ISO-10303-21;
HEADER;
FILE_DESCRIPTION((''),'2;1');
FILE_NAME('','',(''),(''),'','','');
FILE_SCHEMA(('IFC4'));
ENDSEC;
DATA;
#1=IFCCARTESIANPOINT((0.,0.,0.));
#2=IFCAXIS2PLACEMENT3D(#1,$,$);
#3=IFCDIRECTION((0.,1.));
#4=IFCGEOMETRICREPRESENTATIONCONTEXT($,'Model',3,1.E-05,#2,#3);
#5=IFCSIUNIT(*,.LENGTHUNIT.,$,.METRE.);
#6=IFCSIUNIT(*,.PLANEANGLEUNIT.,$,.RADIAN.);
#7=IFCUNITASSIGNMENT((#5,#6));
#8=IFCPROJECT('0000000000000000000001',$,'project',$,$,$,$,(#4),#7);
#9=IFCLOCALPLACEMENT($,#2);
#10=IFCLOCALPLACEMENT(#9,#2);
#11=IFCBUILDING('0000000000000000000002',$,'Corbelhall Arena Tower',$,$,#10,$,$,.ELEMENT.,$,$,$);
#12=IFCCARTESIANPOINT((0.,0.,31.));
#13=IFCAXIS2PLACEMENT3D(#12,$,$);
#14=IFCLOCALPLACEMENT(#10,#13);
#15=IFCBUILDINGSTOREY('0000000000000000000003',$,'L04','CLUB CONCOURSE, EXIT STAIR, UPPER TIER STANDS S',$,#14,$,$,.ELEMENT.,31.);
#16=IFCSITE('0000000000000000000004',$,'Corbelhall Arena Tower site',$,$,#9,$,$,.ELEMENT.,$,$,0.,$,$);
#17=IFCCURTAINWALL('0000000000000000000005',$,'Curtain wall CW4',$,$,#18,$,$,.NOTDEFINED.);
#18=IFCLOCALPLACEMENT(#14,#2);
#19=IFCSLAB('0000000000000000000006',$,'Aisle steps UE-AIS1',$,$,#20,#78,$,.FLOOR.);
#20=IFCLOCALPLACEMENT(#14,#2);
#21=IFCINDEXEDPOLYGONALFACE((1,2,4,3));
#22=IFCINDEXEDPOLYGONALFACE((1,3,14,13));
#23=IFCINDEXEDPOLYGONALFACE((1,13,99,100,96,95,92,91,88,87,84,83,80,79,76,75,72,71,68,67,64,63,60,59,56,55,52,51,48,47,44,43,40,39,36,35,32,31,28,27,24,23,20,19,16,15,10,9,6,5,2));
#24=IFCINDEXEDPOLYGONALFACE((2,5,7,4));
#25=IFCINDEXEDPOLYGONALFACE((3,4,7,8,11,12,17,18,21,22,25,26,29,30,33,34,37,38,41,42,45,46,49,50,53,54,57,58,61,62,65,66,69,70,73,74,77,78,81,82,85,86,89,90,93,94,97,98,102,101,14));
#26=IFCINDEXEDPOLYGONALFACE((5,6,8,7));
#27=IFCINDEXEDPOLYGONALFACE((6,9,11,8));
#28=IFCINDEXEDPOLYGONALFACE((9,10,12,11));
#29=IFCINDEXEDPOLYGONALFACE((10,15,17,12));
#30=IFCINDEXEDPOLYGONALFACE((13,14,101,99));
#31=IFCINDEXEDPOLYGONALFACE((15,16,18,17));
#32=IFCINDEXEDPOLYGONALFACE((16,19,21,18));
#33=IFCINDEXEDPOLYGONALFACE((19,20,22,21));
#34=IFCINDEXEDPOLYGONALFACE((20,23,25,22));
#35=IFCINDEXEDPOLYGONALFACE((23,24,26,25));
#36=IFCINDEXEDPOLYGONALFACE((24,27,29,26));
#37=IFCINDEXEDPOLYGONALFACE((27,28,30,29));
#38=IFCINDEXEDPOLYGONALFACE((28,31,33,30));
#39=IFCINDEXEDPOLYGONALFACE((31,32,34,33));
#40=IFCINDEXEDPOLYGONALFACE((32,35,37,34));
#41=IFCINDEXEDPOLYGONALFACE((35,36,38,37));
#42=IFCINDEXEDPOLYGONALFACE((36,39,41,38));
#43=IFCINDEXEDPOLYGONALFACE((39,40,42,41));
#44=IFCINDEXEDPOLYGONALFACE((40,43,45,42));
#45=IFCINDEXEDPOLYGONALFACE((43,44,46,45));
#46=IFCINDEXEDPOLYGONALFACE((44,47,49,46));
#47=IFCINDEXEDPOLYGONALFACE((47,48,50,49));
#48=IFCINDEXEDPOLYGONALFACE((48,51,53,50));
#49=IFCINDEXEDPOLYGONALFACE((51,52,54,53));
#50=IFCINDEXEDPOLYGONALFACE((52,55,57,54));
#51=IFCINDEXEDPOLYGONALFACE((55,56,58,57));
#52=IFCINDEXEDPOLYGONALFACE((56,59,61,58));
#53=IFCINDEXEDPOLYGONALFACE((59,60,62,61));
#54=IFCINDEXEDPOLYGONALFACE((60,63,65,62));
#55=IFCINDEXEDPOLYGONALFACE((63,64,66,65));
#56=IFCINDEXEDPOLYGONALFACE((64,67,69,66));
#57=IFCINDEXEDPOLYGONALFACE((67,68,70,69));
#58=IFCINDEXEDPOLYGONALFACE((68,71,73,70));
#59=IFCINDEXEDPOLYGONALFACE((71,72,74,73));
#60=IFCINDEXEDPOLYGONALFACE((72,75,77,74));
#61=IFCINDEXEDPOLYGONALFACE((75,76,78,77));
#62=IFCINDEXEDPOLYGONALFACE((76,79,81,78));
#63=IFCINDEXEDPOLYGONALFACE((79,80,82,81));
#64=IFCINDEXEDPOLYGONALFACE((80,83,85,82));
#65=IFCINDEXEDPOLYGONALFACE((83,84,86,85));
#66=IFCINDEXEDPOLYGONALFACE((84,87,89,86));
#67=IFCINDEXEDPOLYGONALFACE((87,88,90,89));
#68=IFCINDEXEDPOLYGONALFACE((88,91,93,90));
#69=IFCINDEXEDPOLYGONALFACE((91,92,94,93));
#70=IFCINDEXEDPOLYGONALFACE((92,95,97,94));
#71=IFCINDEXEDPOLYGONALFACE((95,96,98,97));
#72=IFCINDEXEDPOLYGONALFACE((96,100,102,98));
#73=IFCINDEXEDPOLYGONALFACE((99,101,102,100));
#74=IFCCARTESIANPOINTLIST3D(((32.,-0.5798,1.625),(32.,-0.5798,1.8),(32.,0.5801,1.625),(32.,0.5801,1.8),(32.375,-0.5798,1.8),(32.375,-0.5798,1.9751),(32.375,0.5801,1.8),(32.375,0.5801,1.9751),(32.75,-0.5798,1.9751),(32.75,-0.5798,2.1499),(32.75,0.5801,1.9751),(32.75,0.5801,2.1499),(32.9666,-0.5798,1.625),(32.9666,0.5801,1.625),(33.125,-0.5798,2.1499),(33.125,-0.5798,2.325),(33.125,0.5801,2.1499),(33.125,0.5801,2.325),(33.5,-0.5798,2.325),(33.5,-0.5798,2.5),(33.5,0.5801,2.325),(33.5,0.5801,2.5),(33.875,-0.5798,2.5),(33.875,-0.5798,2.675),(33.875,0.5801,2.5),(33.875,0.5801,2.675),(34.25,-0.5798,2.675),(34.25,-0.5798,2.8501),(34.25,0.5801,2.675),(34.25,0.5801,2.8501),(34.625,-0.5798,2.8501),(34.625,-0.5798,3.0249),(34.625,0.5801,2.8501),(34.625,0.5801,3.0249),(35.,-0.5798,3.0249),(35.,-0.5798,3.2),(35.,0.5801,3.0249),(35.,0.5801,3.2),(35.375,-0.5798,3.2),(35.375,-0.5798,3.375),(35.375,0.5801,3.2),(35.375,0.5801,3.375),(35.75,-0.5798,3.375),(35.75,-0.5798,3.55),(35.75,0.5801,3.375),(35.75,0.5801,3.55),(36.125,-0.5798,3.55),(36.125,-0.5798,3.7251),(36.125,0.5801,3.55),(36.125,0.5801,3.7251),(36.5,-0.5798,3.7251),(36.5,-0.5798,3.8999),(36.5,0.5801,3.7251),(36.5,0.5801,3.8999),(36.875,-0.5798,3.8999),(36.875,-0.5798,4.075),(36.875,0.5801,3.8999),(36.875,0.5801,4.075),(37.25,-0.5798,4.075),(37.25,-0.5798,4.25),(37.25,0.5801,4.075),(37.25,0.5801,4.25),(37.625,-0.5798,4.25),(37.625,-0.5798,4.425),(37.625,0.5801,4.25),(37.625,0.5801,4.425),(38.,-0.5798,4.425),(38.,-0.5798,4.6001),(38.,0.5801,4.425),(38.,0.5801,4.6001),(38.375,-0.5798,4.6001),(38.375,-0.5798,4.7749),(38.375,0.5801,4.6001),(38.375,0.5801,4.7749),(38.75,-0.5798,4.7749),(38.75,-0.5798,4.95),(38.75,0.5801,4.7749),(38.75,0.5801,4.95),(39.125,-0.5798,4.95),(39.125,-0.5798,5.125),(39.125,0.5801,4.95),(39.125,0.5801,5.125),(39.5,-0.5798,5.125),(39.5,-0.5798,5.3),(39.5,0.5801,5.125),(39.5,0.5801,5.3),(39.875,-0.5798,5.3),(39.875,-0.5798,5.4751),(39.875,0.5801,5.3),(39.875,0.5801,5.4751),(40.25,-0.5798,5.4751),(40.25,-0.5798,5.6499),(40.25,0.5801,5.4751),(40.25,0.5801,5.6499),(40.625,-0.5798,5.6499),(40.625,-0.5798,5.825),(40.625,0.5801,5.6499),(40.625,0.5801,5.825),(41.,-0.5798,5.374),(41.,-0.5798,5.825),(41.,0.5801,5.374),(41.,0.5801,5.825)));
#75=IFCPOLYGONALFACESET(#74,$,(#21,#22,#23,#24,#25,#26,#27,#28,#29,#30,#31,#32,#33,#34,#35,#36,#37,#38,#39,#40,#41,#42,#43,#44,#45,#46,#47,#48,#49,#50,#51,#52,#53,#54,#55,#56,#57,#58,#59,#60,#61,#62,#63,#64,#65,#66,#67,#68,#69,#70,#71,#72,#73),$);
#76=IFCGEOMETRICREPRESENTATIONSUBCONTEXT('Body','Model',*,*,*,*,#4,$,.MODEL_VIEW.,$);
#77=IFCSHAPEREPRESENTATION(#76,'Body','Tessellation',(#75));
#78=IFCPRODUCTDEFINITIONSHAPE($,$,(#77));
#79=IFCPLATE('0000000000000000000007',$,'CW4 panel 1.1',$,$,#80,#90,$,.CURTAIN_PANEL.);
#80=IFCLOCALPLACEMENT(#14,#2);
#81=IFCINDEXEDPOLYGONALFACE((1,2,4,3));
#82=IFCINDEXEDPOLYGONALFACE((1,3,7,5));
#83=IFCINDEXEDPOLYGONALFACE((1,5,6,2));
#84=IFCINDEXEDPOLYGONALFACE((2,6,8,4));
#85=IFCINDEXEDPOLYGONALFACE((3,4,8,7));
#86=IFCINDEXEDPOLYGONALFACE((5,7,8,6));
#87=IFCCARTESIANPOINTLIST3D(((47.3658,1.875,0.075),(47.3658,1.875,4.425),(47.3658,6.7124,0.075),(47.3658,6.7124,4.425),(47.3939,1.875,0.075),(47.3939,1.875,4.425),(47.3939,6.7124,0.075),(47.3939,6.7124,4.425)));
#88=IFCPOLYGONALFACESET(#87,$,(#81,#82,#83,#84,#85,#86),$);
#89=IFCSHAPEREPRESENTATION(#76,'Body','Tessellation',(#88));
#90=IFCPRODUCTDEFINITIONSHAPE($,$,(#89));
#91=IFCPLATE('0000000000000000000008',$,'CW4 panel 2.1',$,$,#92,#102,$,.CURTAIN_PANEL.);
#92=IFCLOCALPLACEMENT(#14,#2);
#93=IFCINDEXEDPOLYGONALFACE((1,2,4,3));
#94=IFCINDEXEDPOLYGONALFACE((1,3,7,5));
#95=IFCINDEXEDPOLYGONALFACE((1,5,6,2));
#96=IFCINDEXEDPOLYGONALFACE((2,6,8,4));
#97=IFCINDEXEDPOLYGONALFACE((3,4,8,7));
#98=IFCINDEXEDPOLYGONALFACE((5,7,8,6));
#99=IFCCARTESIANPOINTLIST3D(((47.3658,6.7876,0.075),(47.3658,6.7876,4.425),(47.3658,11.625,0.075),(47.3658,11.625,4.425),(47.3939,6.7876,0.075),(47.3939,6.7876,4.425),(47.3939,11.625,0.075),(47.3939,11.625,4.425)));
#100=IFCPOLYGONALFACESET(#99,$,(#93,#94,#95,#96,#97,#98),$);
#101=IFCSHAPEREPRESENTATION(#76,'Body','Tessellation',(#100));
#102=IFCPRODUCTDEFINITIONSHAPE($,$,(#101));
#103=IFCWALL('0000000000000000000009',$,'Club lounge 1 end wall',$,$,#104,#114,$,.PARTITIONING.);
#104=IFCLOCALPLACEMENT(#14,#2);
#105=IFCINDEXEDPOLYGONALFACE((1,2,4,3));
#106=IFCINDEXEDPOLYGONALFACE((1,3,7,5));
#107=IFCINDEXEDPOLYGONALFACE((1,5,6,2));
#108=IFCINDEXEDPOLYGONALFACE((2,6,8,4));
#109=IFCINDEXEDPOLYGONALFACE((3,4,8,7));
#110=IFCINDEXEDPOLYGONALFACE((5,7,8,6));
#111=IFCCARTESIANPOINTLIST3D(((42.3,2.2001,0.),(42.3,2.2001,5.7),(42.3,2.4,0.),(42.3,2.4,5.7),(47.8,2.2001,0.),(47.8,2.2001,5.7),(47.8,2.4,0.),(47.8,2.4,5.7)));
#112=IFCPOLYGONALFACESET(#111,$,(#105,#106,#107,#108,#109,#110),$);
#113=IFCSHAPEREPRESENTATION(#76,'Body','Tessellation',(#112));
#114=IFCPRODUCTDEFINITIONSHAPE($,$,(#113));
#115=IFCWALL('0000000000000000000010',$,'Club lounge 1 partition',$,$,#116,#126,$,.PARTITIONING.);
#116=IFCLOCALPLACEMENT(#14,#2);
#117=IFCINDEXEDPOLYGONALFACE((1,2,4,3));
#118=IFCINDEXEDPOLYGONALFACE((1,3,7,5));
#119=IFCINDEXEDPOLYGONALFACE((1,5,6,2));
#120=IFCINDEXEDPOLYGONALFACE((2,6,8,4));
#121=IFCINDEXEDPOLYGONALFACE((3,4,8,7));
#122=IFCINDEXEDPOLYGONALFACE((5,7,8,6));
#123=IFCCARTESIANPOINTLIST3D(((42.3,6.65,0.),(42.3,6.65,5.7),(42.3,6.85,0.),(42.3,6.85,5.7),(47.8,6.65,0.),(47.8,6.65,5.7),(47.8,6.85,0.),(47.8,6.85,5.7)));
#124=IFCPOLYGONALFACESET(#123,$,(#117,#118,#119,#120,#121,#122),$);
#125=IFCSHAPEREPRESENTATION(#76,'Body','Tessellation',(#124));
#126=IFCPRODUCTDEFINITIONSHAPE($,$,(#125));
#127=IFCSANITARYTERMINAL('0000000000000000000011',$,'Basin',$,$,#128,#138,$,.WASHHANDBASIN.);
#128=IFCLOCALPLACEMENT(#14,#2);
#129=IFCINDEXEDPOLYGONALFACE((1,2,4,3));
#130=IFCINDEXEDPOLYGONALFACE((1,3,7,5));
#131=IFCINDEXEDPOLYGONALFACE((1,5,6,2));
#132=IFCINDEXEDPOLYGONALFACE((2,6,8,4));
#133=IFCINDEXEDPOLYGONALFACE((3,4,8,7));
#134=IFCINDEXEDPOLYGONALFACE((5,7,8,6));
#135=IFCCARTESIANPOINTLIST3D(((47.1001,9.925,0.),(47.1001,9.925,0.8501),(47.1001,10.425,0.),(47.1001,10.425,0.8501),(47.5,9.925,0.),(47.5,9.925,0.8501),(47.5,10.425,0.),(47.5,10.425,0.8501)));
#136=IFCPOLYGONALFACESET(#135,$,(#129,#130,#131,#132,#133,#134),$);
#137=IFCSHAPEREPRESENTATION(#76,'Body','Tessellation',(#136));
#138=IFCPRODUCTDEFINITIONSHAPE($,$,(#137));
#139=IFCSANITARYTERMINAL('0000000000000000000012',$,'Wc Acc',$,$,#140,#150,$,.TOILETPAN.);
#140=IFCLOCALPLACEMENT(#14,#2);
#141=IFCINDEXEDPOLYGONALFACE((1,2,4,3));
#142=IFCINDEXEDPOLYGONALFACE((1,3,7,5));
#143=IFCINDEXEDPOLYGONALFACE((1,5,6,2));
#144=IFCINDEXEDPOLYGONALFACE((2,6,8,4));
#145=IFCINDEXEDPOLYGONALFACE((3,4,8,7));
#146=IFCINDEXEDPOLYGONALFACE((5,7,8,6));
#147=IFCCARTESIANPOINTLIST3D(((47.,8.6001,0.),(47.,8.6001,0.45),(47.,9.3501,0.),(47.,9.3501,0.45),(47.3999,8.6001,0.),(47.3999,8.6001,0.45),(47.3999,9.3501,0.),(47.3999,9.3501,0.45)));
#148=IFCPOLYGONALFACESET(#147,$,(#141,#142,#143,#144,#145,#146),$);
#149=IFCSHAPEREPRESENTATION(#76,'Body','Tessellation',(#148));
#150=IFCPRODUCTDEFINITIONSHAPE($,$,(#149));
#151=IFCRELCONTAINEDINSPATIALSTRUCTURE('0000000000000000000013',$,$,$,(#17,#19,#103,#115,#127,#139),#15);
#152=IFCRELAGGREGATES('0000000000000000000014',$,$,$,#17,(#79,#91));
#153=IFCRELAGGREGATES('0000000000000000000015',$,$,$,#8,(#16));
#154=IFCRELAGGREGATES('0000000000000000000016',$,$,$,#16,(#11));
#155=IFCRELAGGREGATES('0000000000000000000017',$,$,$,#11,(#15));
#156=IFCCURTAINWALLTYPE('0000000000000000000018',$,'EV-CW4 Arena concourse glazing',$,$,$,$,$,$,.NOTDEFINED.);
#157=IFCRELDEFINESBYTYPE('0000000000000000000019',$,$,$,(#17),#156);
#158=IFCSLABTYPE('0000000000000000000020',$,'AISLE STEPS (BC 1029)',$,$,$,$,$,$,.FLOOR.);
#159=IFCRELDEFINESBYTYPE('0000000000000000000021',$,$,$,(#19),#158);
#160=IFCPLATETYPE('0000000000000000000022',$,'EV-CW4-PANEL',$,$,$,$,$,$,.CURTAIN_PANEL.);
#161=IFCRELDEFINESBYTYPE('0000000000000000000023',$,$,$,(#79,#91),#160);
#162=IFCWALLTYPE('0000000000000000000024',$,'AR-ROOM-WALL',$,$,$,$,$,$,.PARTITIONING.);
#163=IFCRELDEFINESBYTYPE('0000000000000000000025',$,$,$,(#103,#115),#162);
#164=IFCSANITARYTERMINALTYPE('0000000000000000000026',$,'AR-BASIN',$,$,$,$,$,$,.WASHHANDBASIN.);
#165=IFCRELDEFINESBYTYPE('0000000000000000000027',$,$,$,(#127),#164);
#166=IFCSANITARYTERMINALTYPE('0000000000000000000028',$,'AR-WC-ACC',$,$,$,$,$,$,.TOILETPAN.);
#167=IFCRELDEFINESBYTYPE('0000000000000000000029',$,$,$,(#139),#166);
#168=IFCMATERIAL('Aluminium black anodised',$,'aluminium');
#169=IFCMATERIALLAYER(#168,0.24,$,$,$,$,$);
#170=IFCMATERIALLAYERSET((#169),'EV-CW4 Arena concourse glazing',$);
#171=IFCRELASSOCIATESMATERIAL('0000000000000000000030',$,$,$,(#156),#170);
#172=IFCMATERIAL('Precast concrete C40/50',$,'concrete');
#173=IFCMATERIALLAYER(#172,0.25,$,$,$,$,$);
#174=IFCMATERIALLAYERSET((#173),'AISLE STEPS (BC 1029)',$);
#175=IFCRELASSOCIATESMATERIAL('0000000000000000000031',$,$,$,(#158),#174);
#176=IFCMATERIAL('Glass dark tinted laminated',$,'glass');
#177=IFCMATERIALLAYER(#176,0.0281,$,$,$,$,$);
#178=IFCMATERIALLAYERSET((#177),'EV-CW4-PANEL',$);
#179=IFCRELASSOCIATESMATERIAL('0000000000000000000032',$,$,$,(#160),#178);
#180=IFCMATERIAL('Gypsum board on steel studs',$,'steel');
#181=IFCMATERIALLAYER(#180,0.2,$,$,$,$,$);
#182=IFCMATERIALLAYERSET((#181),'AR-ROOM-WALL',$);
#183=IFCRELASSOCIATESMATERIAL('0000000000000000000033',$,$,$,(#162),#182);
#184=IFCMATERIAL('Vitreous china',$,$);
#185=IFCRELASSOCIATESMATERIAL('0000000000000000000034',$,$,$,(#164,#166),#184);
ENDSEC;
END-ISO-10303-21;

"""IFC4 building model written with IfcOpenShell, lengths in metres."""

from ifc_helpers import new_model, si_unit, direction, frame, frame_2d, origin, origin_2d, place, context, subcontext, project, spatial, polyline, rectangle, outline, extrude, material, layer, layer_set, type_object, element, aggregate, save


model = new_model("IFC4")

# Units and contexts
model_context = context("Model", 3, precision=1e-05, world=origin(), true_north=direction((0.0, 1.0)))
body_context = subcontext(model_context, "Body", "Model", "MODEL_VIEW")
ifc_project = project(units=[si_unit("LENGTHUNIT", "METRE"), si_unit("PLANEANGLEUNIT", "RADIAN")], contexts=[model_context])

# Site, building, storey
site_placement = place(None, origin())
site = spatial("IfcSite", under=ifc_project, at=site_placement, Name="Corbelhall Arena Tower site", CompositionType="ELEMENT", RefElevation=0.0)
building_placement = place(site_placement, origin())
building = spatial("IfcBuilding", under=site, at=building_placement, Name="Corbelhall Arena Tower", CompositionType="ELEMENT")
storey_placement = place(building_placement, frame((0.0, 0.0, 31.0)))
storey = spatial("IfcBuildingStorey", under=building, at=storey_placement, Name="L04", Description="CLUB CONCOURSE, EXIT STAIR, UPPER TIER STANDS S", CompositionType="ELEMENT", Elevation=31.0)

# Curtain wall
ifc_material_1 = material(Name="Aluminium black anodised", Category="aluminium")
ifc_layer_1 = layer(ifc_material_1, 0.24)
ifc_layer_set_1 = layer_set([ifc_layer_1], Name="EV-CW4 Arena concourse glazing")
curtain_wall_type = type_object("IfcCurtainWallType", Name="EV-CW4 Arena concourse glazing", PredefinedType="NOTDEFINED", material=ifc_layer_set_1)
curtain_wall_placement = place(storey_placement, origin())
curtain_wall = element("IfcCurtainWall", 1, at=curtain_wall_placement, inside=storey, type_object=curtain_wall_type, Name="Curtain wall CW4", PredefinedType="NOTDEFINED")

# Slab
ifc_material_2 = material(Name="Precast concrete C40/50", Category="concrete")
ifc_layer_2 = layer(ifc_material_2, 0.25)
ifc_layer_set_2 = layer_set([ifc_layer_2], Name="AISLE STEPS (BC 1029)")
slab_type_1 = type_object("IfcSlabType", Name="AISLE STEPS (BC 1029)", PredefinedType="FLOOR", material=ifc_layer_set_2)
slab_1_placement = place(storey_placement, frame((32.0, 0.0, 1.625), z_axis=(0.0, 0.0, 1.0), x_axis=(1.0, 0.0, 0.0)))
element("IfcSlab", 2, at=slab_1_placement, inside=storey, type_object=slab_type_1, Name="Aisle steps UE-AIS1", PredefinedType="FLOOR", context=body_context, shape_type="SweptSolid", body=[
    extrude(outline(polyline([(0.0, 0.0), (0.0, 0.175), (0.375, 0.175), (0.375, 0.3501), (0.75, 0.3501), (0.75, 0.5249), (1.125, 0.5249), (1.125, 0.7), (1.5, 0.7), (1.5, 0.875), (1.875, 0.875), (1.875, 1.05), (2.25, 1.05), (2.25, 1.2251), (2.625, 1.2251), (2.625, 1.3999), (3.0, 1.3999), (3.0, 1.575), (3.375, 1.575), (3.375, 1.75), (3.75, 1.75), (3.75, 1.925), (4.125, 1.925), (4.125, 2.1001), (4.5, 2.1001), (4.5, 2.2749), (4.875, 2.2749), (4.875, 2.45), (5.25, 2.45), (5.25, 2.625), (5.625, 2.625), (5.625, 2.8), (6.0, 2.8), (6.0, 2.9751), (6.375, 2.9751), (6.375, 3.1499), (6.75, 3.1499), (6.75, 3.325), (7.125, 3.325), (7.125, 3.5), (7.5, 3.5), (7.5, 3.675), (7.875, 3.675), (7.875, 3.8501), (8.25, 3.8501), (8.25, 4.0249), (8.625, 4.0249), (8.625, 4.2), (9.0, 4.2), (9.0, 4.375), (9.0, 3.749), (0.9666, 0.0), (0.0, 0.0)])), frame((0.0, 0.5801, 0.0), z_axis=(0.0, -1.0, 0.0), x_axis=(1.0, 0.0, 0.0)), (0.0, 0.0, 1.0), 1.1599),
])

# Plates
ifc_material_3 = material(Name="Glass dark tinted laminated", Category="glass")
ifc_layer_3 = layer(ifc_material_3, 0.0281)
ifc_layer_set_3 = layer_set([ifc_layer_3], Name="EV-CW4-PANEL")
plate_type = type_object("IfcPlateType", Name="EV-CW4-PANEL", PredefinedType="CURTAIN_PANEL", material=ifc_layer_set_3)
plate_1_placement = place(storey_placement, frame((47.3799, 4.2937, 0.075), z_axis=(0.0, 0.0, 1.0), x_axis=(0.0, 1.0, 0.0)))
plate_1 = element("IfcPlate", 3, at=plate_1_placement, type_object=plate_type, Name="CW4 panel 1.1", PredefinedType="CURTAIN_PANEL", context=body_context, shape_type="SweptSolid", body=[
    extrude(rectangle(XDim=4.8374, YDim=0.0281, at=origin_2d()), origin(), (0.0, 0.0, 1.0), 4.3501),
])
plate_2_placement = place(storey_placement, frame((47.3799, 9.2063, 0.075), z_axis=(0.0, 0.0, 1.0), x_axis=(0.0, 1.0, 0.0)))
plate_2 = element("IfcPlate", 4, at=plate_2_placement, type_object=plate_type, Name="CW4 panel 2.1", PredefinedType="CURTAIN_PANEL", context=body_context, shape_type="SweptSolid", body=[
    extrude(rectangle(XDim=4.8374, YDim=0.0281, at=origin_2d()), origin(), (0.0, 0.0, 1.0), 4.3501),
])
aggregate(curtain_wall, [plate_1, plate_2])

# Shared definitions
ifc_material_4 = material(Name="Gypsum board on steel studs", Category="steel")
ifc_layer_4 = layer(ifc_material_4, 0.2)
ifc_layer_set_4 = layer_set([ifc_layer_4], Name="AR-ROOM-WALL")
wall_type = type_object("IfcWallType", Name="AR-ROOM-WALL", PredefinedType="PARTITIONING", material=ifc_layer_set_4)

# Walls
for number, where, z_axis, x_axis, name in (
    (5, (42.3, 2.3, 0.0), (0.0, 0.0, 1.0), (1.0, 0.0, 0.0), "Club lounge 1 end wall"),
    (6, (42.3, 6.75, 0.0), (0.0, 0.0, 1.0), (1.0, 0.0, 0.0), "Club lounge 1 partition"),
):
    element("IfcWall", number, at=place(storey_placement, frame(where, z_axis=z_axis, x_axis=x_axis)), inside=storey, type_object=wall_type, Name=name, PredefinedType="PARTITIONING", context=body_context, shape_type="SweptSolid", body=[
        extrude(rectangle(XDim=5.5, YDim=0.2, at=frame_2d((2.75, 0.0))), origin(), (0.0, 0.0, 1.0), 5.7),
    ])

# Sanitary terminals
ifc_material_5 = material(Name="Vitreous china")
sanitary_terminal_type_1 = type_object("IfcSanitaryTerminalType", Name="AR-BASIN", PredefinedType="WASHHANDBASIN", material=ifc_material_5)
sanitary_terminal_1_placement = place(storey_placement, frame((47.3, 10.175, 0.0), z_axis=(0.0, 0.0, 1.0), x_axis=(1.0, 0.0, 0.0)))
element("IfcSanitaryTerminal", 7, at=sanitary_terminal_1_placement, inside=storey, type_object=sanitary_terminal_type_1, Name="Basin", PredefinedType="WASHHANDBASIN", context=body_context, shape_type="SweptSolid", body=[
    extrude(rectangle(XDim=0.3999, YDim=0.5, at=origin_2d()), origin(), (0.0, 0.0, 1.0), 0.8501),
])
sanitary_terminal_type_2 = type_object("IfcSanitaryTerminalType", Name="AR-WC-ACC", PredefinedType="TOILETPAN", material=ifc_material_5)
sanitary_terminal_2_placement = place(storey_placement, frame((47.2, 8.9751, 0.0), z_axis=(0.0, 0.0, 1.0), x_axis=(1.0, 0.0, 0.0)))
element("IfcSanitaryTerminal", 8, at=sanitary_terminal_2_placement, inside=storey, type_object=sanitary_terminal_type_2, Name="Wc Acc", PredefinedType="TOILETPAN", context=body_context, shape_type="SweptSolid", body=[
    extrude(rectangle(XDim=0.3999, YDim=0.75, at=origin_2d()), origin(), (0.0, 0.0, 1.0), 0.45),
])

save(model, "model.ifc")
